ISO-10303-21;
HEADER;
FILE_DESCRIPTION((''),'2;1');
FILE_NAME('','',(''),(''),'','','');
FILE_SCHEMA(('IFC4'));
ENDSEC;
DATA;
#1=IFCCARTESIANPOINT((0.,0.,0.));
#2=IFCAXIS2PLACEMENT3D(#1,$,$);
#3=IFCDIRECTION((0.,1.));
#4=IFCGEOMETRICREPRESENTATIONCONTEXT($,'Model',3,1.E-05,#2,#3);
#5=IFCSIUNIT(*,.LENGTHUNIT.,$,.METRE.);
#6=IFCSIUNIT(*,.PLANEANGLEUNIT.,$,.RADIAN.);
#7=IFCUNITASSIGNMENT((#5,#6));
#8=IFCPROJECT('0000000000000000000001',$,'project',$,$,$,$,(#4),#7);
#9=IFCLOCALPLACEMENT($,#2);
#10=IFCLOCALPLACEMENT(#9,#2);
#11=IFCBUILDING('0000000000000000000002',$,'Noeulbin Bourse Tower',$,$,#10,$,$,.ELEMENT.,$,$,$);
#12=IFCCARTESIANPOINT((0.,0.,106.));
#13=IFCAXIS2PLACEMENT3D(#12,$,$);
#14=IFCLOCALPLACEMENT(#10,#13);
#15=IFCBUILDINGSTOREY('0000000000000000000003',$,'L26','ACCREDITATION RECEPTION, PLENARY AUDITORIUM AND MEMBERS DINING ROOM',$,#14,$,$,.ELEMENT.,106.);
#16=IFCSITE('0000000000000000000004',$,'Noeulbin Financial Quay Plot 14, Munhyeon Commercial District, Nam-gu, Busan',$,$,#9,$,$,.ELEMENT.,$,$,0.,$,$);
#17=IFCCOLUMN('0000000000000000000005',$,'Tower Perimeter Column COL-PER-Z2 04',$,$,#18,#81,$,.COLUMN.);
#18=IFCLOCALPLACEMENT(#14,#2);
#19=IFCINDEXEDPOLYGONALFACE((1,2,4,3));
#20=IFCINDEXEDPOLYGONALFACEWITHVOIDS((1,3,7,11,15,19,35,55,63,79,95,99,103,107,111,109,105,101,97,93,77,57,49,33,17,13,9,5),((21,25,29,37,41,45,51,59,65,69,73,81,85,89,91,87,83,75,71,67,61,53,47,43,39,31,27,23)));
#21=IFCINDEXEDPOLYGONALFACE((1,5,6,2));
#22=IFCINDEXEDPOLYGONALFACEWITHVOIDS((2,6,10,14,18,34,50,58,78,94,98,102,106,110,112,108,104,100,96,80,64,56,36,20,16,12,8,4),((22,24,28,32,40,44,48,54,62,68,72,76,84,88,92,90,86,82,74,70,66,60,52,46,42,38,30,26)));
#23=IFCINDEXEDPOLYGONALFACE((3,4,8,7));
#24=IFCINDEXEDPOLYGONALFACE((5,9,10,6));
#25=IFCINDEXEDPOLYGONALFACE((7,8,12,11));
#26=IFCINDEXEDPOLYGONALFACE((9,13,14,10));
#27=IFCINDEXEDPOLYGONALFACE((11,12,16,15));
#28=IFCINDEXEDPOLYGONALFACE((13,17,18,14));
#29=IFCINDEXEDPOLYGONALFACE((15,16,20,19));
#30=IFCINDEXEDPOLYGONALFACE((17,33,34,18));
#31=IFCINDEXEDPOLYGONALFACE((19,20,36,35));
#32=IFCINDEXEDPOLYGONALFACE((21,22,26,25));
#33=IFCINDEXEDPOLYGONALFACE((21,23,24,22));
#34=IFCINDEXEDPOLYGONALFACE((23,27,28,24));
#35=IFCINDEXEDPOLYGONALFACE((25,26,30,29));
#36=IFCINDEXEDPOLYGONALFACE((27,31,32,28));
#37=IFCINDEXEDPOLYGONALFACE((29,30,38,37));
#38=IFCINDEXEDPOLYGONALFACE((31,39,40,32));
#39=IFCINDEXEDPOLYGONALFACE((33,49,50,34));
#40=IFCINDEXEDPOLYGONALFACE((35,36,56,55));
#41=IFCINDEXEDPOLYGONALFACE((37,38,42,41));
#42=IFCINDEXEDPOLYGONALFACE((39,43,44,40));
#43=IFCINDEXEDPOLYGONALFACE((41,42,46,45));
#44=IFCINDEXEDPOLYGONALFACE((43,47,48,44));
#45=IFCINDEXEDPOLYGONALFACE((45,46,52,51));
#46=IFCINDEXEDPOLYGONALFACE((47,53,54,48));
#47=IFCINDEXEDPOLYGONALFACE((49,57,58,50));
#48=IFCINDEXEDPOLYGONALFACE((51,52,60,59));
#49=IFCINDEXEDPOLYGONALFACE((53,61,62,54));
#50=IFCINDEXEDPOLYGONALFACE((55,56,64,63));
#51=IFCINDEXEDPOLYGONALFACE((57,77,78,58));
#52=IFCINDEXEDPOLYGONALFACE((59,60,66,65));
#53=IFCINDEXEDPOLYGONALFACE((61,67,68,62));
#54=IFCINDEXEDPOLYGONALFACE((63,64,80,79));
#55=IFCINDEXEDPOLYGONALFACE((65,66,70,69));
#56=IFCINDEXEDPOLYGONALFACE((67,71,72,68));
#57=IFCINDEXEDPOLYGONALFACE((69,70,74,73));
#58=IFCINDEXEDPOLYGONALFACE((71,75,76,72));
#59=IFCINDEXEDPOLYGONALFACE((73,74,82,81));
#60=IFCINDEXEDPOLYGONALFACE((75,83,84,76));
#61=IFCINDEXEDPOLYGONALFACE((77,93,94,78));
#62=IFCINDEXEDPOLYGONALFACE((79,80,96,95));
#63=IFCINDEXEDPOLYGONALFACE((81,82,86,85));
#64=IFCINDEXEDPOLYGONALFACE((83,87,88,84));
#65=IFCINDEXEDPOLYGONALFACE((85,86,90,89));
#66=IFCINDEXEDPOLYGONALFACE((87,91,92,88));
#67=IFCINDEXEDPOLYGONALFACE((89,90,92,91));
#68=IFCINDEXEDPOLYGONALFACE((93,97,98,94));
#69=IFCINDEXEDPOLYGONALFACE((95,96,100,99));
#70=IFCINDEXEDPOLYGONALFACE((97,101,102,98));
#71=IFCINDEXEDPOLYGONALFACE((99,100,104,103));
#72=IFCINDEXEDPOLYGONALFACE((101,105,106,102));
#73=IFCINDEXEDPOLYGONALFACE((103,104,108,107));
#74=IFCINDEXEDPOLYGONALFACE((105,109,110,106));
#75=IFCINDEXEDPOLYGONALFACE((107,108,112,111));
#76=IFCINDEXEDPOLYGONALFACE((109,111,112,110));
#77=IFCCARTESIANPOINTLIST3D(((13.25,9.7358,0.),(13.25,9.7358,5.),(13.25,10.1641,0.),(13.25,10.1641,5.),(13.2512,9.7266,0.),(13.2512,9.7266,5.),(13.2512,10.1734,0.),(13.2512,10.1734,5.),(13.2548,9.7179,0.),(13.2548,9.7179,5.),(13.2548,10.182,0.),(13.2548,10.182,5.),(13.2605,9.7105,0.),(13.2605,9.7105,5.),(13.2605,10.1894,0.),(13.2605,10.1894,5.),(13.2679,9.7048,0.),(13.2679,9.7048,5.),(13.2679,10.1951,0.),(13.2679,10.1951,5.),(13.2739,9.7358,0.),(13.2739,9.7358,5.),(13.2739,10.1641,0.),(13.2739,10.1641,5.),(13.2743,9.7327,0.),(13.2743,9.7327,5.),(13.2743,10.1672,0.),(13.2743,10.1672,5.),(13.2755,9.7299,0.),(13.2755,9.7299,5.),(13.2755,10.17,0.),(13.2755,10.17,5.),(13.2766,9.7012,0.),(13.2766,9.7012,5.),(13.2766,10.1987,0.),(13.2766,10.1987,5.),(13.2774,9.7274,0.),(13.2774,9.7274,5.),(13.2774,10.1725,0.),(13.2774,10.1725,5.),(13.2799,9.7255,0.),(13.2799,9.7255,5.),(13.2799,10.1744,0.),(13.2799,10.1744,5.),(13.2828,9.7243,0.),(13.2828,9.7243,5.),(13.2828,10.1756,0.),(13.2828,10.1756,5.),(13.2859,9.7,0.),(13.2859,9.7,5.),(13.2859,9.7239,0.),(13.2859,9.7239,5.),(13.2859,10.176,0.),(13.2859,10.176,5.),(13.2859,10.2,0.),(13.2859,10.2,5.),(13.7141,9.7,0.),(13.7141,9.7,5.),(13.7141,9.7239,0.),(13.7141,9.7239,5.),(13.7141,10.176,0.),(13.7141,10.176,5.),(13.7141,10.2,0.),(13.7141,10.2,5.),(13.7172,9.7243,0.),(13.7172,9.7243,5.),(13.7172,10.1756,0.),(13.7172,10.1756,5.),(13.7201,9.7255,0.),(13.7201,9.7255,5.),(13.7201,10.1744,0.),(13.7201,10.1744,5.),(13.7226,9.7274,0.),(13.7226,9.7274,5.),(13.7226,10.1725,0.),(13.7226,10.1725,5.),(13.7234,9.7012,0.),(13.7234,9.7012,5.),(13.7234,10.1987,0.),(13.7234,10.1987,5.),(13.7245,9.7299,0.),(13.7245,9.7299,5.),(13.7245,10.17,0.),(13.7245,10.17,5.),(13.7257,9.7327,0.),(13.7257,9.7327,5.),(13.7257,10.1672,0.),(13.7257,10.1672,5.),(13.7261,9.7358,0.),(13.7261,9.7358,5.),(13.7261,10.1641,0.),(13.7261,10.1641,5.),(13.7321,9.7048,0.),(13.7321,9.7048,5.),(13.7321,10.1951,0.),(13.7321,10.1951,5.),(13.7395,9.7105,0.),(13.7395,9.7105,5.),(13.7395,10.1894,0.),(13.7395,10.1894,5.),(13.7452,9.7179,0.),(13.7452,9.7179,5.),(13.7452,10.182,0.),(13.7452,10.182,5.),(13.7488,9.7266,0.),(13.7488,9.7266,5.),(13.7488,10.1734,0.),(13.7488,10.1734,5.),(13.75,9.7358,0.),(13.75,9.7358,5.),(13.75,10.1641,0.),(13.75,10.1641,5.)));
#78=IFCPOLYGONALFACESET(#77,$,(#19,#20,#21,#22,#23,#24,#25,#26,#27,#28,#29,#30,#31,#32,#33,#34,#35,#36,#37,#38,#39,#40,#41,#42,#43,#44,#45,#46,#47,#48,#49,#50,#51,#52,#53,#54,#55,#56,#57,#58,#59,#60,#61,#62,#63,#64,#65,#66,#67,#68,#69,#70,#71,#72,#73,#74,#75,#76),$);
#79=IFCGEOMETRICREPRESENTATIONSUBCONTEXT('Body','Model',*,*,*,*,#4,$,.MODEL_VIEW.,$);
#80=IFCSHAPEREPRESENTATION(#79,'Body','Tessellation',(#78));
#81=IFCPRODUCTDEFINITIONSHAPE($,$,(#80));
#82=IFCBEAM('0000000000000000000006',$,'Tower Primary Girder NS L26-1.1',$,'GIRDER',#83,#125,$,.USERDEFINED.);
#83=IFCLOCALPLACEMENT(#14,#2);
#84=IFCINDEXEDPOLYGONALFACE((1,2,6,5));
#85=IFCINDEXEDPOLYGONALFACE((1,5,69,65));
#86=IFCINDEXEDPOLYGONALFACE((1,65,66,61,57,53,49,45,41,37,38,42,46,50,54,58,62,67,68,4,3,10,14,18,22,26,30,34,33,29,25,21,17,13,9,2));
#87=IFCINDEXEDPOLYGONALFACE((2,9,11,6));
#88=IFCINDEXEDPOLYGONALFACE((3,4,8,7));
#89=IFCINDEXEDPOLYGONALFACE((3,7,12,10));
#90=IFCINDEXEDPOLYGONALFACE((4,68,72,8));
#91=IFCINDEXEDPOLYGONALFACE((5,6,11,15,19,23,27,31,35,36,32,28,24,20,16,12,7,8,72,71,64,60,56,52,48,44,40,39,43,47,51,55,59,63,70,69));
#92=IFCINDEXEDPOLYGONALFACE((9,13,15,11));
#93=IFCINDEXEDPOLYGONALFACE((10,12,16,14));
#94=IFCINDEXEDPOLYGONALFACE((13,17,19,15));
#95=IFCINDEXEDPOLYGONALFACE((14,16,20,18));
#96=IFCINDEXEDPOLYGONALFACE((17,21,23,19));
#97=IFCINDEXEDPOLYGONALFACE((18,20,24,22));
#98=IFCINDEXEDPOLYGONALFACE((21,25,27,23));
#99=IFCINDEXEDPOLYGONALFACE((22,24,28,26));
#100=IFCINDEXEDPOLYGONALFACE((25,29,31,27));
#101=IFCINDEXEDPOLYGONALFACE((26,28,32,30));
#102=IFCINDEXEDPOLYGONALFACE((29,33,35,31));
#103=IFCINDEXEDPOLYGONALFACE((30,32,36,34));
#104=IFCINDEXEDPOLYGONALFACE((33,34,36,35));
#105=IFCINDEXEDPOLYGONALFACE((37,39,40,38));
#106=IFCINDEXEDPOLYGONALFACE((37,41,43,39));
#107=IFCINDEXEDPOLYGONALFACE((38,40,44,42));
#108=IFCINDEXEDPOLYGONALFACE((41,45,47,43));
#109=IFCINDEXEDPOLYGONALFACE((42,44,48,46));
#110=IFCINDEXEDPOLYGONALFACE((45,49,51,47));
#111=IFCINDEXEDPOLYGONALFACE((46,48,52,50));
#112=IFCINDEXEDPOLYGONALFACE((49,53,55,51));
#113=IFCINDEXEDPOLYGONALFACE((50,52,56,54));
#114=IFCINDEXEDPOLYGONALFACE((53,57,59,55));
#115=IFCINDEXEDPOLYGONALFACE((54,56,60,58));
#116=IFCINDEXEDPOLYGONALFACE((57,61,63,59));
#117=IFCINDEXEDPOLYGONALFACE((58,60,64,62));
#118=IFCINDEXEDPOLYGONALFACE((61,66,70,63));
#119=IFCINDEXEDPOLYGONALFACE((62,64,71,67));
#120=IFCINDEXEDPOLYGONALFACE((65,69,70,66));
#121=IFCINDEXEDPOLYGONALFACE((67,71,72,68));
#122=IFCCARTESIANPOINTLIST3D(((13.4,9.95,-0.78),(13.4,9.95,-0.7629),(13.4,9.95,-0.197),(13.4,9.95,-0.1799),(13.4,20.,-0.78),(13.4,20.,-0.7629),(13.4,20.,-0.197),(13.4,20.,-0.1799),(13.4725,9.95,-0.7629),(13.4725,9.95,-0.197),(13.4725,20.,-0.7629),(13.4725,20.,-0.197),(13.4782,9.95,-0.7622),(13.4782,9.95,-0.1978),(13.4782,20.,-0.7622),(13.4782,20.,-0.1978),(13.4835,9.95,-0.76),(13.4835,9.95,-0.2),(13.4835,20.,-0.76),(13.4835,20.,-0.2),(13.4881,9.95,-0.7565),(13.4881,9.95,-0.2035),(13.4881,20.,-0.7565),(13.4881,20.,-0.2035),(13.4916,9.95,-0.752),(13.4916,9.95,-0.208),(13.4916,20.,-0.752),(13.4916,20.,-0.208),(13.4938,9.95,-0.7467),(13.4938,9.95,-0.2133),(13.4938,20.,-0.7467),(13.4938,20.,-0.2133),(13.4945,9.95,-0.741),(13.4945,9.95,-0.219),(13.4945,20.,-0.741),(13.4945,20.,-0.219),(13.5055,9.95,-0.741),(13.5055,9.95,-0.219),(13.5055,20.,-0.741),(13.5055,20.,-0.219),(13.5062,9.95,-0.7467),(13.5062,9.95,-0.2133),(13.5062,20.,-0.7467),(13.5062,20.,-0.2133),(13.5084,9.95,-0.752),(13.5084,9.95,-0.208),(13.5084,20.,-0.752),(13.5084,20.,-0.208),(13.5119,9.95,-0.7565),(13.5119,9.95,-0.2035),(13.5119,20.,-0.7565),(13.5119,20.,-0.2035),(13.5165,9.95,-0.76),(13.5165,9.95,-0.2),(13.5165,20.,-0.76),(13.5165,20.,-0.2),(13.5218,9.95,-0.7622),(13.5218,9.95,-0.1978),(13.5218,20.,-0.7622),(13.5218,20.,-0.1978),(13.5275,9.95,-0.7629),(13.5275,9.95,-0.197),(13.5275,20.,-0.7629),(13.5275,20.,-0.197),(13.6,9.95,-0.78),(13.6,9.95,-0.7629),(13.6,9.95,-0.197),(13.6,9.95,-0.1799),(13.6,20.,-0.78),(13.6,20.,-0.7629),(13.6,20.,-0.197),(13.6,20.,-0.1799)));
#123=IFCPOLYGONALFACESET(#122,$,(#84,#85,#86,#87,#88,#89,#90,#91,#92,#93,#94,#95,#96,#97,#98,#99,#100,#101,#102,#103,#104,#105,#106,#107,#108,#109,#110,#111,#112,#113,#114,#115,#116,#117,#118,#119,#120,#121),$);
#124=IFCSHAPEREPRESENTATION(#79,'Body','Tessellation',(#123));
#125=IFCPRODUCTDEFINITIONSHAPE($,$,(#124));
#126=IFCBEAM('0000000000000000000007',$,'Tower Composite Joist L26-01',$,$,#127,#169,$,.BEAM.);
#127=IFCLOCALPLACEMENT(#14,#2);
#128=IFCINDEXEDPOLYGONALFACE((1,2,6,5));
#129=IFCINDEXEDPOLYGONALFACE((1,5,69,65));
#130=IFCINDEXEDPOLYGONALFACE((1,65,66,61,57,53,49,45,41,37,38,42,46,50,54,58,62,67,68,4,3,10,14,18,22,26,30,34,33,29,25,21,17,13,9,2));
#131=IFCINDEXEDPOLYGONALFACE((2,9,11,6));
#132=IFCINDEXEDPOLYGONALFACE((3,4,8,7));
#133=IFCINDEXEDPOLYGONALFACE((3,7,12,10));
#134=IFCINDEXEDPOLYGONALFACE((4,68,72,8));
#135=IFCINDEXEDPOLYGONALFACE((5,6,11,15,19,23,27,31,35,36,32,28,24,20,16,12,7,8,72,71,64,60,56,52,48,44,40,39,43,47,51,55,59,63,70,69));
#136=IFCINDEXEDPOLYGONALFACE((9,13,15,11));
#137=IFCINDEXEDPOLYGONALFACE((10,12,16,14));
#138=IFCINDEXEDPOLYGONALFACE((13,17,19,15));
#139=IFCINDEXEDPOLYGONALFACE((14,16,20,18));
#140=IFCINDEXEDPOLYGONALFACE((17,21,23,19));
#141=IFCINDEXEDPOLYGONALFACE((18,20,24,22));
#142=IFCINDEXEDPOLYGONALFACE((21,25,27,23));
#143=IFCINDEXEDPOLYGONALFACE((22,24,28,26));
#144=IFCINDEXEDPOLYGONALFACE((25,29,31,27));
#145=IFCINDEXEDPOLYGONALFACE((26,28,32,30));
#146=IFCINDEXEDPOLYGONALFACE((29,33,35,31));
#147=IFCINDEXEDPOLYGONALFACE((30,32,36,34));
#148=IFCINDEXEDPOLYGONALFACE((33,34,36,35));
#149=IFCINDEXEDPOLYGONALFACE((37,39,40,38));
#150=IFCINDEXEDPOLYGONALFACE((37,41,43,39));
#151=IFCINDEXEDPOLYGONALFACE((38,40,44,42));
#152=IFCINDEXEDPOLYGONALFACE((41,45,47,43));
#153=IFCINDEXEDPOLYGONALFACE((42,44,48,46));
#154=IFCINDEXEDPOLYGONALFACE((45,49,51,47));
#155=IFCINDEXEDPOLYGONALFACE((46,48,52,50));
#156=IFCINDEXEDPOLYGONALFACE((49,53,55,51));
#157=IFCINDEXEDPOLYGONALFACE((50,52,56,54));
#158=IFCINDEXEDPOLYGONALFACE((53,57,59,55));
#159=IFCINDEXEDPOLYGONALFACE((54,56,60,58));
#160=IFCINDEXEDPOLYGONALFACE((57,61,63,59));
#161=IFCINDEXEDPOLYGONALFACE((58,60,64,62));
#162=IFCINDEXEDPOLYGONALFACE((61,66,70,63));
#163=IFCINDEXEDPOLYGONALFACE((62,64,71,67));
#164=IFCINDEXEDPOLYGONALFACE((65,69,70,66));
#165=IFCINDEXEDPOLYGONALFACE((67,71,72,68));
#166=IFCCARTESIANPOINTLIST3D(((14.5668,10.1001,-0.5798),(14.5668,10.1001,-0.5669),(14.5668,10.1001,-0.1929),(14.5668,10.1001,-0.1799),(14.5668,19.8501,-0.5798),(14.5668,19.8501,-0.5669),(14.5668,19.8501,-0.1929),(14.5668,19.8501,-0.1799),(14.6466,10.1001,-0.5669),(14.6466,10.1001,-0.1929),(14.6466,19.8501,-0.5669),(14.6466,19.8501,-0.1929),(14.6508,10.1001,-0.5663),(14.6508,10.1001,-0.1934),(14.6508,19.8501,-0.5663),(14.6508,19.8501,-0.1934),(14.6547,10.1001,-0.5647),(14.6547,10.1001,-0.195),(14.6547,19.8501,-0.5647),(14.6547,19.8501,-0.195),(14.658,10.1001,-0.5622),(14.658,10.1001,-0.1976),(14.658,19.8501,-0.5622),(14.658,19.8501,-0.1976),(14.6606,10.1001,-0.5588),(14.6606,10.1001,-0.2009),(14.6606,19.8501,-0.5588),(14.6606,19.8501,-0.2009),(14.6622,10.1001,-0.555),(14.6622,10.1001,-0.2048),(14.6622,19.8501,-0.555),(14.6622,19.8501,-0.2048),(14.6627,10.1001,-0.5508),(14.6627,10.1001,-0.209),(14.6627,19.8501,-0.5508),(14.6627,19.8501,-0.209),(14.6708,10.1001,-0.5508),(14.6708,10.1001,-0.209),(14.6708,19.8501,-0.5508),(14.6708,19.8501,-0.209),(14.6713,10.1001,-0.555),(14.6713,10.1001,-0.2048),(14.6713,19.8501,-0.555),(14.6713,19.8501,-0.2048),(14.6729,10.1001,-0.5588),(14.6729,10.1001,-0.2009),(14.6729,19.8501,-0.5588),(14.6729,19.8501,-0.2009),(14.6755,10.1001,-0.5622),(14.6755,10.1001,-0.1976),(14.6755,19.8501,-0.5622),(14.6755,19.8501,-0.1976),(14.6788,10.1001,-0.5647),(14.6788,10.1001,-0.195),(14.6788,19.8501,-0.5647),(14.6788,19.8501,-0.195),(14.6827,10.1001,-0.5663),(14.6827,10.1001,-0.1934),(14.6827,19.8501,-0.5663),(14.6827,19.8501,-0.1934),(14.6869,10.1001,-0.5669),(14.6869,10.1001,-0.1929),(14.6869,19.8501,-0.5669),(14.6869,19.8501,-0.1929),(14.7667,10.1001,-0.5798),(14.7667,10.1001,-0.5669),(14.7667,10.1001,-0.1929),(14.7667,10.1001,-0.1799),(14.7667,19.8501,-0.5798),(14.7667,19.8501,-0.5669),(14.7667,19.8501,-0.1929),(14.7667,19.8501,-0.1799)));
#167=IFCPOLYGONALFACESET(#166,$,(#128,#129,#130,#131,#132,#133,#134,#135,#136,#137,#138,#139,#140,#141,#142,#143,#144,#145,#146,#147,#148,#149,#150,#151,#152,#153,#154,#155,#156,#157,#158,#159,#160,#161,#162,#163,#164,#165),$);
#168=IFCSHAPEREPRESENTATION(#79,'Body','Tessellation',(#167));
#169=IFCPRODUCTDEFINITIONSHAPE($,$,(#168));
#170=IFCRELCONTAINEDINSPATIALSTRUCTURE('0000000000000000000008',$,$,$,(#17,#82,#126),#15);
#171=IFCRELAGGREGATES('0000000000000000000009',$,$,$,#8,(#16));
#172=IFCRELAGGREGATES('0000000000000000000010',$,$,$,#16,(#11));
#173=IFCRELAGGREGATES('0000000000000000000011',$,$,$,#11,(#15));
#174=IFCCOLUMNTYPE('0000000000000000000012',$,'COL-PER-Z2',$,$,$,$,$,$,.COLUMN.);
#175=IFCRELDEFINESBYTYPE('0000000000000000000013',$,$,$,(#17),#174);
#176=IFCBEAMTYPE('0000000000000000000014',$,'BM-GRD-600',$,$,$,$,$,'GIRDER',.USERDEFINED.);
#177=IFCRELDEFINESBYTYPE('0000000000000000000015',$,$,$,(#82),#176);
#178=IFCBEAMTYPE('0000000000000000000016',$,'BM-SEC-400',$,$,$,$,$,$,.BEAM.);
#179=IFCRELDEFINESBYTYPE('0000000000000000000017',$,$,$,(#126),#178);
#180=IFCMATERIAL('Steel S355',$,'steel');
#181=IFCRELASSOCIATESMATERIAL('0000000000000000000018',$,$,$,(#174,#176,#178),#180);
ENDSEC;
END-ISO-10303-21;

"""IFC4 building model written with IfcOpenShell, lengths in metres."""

from ifc_helpers import new_model, si_unit, direction, frame, origin, origin_2d, place, context, subcontext, project, spatial, hollow_rectangle, i_section, extrude, material, material_profile, profile_set, type_object, element, save


model = new_model("IFC4")

# Units and contexts
model_context = context("Model", 3, precision=1e-05, world=origin(), true_north=direction((0.0, 1.0)))
body_context = subcontext(model_context, "Body", "Model", "MODEL_VIEW")
ifc_project = project(units=[si_unit("LENGTHUNIT", "METRE"), si_unit("PLANEANGLEUNIT", "RADIAN")], contexts=[model_context])

# Site, building, storey
site_placement = place(None, origin())
site = spatial("IfcSite", under=ifc_project, at=site_placement, Name="Noeulbin Financial Quay Plot 14, Munhyeon Commercial District, Nam-gu, Busan", CompositionType="ELEMENT", RefElevation=0.0)
building_placement = place(site_placement, origin())
building = spatial("IfcBuilding", under=site, at=building_placement, Name="Noeulbin Bourse Tower", CompositionType="ELEMENT")
storey_placement = place(building_placement, frame((0.0, 0.0, 106.0)))
storey = spatial("IfcBuildingStorey", under=building, at=storey_placement, Name="L26", Description="ACCREDITATION RECEPTION, PLENARY AUDITORIUM AND MEMBERS DINING ROOM", CompositionType="ELEMENT", Elevation=106.0)

# Column
ifc_material_1 = material(Name="Steel S355", Category="steel")
ifc_material_profile_1 = material_profile(ifc_material_1, hollow_rectangle(XDim=0.5, YDim=0.5, WallThickness=0.0239, InnerFilletRadius=0.012, OuterFilletRadius=0.0359, at=origin_2d()), Name="BOX-500x500x24", Category="LoadBearing")
ifc_profile_set_1 = profile_set([ifc_material_profile_1], Name="Steel S355")
column_type = type_object("IfcColumnType", Name="COL-PER-Z2", PredefinedType="COLUMN", material=ifc_profile_set_1)
column_placement = place(storey_placement, frame((13.5, 9.95, 0.0), z_axis=(0.0, 0.0, 1.0), x_axis=(1.0, 0.0, 0.0)))
element("IfcColumn", 1, at=column_placement, inside=storey, type_object=column_type, Name="Tower Perimeter Column COL-PER-Z2 04", PredefinedType="COLUMN", context=body_context, shape_type="SweptSolid", body=[
    extrude(hollow_rectangle(XDim=0.5, YDim=0.5, WallThickness=0.0239, InnerFilletRadius=0.012, OuterFilletRadius=0.0359, at=origin_2d()), origin(), (0.0, 0.0, 1.0), 5.0),
])

# Beams
ifc_material_profile_2 = material_profile(ifc_material_1, i_section(OverallWidth=0.2, OverallDepth=0.6001, WebThickness=0.011, FlangeThickness=0.0171, FilletRadius=0.022, at=origin_2d()), Name="H-600x200x11x17", Category="LoadBearing")
ifc_profile_set_2 = profile_set([ifc_material_profile_2], Name="Steel S355")
beam_type_1 = type_object("IfcBeamType", Name="BM-GRD-600", ElementType="GIRDER", PredefinedType="USERDEFINED", material=ifc_profile_set_2)
beam_1_placement = place(storey_placement, frame((13.5, 9.95, -0.48), z_axis=(0.0, 1.0, 0.0), x_axis=(-1.0, 0.0, 0.0)))
element("IfcBeam", 2, at=beam_1_placement, inside=storey, type_object=beam_type_1, Name="Tower Primary Girder NS L26-1.1", ObjectType="GIRDER", PredefinedType="USERDEFINED", context=body_context, shape_type="SweptSolid", body=[
    extrude(i_section(OverallWidth=0.2, OverallDepth=0.6001, WebThickness=0.011, FlangeThickness=0.0171, FilletRadius=0.022, at=origin_2d()), origin(), (0.0, 0.0, 1.0), 10.05),
])
ifc_material_profile_3 = material_profile(ifc_material_1, i_section(OverallWidth=0.2, OverallDepth=0.3999, WebThickness=0.0081, FlangeThickness=0.0129, FilletRadius=0.0161, at=origin_2d()), Name="H-400x200x8x13", Category="LoadBearing")
ifc_profile_set_3 = profile_set([ifc_material_profile_3], Name="Steel S355")
beam_type_2 = type_object("IfcBeamType", Name="BM-SEC-400", PredefinedType="BEAM", material=ifc_profile_set_3)
for number, where, z_axis, x_axis, name in (
    (3, (14.6667, 10.1001, -0.3799), (0.0, 1.0, 0.0), (-1.0, 0.0, 0.0), "Tower Composite Joist L26-01"),
):
    element("IfcBeam", number, at=place(storey_placement, frame(where, z_axis=z_axis, x_axis=x_axis)), inside=storey, type_object=beam_type_2, Name=name, PredefinedType="BEAM", context=body_context, shape_type="SweptSolid", body=[
        extrude(i_section(OverallWidth=0.2, OverallDepth=0.3999, WebThickness=0.0081, FlangeThickness=0.0129, FilletRadius=0.0161, at=origin_2d()), origin(), (0.0, 0.0, 1.0), 9.75),
    ])

save(model, "model.ifc")
